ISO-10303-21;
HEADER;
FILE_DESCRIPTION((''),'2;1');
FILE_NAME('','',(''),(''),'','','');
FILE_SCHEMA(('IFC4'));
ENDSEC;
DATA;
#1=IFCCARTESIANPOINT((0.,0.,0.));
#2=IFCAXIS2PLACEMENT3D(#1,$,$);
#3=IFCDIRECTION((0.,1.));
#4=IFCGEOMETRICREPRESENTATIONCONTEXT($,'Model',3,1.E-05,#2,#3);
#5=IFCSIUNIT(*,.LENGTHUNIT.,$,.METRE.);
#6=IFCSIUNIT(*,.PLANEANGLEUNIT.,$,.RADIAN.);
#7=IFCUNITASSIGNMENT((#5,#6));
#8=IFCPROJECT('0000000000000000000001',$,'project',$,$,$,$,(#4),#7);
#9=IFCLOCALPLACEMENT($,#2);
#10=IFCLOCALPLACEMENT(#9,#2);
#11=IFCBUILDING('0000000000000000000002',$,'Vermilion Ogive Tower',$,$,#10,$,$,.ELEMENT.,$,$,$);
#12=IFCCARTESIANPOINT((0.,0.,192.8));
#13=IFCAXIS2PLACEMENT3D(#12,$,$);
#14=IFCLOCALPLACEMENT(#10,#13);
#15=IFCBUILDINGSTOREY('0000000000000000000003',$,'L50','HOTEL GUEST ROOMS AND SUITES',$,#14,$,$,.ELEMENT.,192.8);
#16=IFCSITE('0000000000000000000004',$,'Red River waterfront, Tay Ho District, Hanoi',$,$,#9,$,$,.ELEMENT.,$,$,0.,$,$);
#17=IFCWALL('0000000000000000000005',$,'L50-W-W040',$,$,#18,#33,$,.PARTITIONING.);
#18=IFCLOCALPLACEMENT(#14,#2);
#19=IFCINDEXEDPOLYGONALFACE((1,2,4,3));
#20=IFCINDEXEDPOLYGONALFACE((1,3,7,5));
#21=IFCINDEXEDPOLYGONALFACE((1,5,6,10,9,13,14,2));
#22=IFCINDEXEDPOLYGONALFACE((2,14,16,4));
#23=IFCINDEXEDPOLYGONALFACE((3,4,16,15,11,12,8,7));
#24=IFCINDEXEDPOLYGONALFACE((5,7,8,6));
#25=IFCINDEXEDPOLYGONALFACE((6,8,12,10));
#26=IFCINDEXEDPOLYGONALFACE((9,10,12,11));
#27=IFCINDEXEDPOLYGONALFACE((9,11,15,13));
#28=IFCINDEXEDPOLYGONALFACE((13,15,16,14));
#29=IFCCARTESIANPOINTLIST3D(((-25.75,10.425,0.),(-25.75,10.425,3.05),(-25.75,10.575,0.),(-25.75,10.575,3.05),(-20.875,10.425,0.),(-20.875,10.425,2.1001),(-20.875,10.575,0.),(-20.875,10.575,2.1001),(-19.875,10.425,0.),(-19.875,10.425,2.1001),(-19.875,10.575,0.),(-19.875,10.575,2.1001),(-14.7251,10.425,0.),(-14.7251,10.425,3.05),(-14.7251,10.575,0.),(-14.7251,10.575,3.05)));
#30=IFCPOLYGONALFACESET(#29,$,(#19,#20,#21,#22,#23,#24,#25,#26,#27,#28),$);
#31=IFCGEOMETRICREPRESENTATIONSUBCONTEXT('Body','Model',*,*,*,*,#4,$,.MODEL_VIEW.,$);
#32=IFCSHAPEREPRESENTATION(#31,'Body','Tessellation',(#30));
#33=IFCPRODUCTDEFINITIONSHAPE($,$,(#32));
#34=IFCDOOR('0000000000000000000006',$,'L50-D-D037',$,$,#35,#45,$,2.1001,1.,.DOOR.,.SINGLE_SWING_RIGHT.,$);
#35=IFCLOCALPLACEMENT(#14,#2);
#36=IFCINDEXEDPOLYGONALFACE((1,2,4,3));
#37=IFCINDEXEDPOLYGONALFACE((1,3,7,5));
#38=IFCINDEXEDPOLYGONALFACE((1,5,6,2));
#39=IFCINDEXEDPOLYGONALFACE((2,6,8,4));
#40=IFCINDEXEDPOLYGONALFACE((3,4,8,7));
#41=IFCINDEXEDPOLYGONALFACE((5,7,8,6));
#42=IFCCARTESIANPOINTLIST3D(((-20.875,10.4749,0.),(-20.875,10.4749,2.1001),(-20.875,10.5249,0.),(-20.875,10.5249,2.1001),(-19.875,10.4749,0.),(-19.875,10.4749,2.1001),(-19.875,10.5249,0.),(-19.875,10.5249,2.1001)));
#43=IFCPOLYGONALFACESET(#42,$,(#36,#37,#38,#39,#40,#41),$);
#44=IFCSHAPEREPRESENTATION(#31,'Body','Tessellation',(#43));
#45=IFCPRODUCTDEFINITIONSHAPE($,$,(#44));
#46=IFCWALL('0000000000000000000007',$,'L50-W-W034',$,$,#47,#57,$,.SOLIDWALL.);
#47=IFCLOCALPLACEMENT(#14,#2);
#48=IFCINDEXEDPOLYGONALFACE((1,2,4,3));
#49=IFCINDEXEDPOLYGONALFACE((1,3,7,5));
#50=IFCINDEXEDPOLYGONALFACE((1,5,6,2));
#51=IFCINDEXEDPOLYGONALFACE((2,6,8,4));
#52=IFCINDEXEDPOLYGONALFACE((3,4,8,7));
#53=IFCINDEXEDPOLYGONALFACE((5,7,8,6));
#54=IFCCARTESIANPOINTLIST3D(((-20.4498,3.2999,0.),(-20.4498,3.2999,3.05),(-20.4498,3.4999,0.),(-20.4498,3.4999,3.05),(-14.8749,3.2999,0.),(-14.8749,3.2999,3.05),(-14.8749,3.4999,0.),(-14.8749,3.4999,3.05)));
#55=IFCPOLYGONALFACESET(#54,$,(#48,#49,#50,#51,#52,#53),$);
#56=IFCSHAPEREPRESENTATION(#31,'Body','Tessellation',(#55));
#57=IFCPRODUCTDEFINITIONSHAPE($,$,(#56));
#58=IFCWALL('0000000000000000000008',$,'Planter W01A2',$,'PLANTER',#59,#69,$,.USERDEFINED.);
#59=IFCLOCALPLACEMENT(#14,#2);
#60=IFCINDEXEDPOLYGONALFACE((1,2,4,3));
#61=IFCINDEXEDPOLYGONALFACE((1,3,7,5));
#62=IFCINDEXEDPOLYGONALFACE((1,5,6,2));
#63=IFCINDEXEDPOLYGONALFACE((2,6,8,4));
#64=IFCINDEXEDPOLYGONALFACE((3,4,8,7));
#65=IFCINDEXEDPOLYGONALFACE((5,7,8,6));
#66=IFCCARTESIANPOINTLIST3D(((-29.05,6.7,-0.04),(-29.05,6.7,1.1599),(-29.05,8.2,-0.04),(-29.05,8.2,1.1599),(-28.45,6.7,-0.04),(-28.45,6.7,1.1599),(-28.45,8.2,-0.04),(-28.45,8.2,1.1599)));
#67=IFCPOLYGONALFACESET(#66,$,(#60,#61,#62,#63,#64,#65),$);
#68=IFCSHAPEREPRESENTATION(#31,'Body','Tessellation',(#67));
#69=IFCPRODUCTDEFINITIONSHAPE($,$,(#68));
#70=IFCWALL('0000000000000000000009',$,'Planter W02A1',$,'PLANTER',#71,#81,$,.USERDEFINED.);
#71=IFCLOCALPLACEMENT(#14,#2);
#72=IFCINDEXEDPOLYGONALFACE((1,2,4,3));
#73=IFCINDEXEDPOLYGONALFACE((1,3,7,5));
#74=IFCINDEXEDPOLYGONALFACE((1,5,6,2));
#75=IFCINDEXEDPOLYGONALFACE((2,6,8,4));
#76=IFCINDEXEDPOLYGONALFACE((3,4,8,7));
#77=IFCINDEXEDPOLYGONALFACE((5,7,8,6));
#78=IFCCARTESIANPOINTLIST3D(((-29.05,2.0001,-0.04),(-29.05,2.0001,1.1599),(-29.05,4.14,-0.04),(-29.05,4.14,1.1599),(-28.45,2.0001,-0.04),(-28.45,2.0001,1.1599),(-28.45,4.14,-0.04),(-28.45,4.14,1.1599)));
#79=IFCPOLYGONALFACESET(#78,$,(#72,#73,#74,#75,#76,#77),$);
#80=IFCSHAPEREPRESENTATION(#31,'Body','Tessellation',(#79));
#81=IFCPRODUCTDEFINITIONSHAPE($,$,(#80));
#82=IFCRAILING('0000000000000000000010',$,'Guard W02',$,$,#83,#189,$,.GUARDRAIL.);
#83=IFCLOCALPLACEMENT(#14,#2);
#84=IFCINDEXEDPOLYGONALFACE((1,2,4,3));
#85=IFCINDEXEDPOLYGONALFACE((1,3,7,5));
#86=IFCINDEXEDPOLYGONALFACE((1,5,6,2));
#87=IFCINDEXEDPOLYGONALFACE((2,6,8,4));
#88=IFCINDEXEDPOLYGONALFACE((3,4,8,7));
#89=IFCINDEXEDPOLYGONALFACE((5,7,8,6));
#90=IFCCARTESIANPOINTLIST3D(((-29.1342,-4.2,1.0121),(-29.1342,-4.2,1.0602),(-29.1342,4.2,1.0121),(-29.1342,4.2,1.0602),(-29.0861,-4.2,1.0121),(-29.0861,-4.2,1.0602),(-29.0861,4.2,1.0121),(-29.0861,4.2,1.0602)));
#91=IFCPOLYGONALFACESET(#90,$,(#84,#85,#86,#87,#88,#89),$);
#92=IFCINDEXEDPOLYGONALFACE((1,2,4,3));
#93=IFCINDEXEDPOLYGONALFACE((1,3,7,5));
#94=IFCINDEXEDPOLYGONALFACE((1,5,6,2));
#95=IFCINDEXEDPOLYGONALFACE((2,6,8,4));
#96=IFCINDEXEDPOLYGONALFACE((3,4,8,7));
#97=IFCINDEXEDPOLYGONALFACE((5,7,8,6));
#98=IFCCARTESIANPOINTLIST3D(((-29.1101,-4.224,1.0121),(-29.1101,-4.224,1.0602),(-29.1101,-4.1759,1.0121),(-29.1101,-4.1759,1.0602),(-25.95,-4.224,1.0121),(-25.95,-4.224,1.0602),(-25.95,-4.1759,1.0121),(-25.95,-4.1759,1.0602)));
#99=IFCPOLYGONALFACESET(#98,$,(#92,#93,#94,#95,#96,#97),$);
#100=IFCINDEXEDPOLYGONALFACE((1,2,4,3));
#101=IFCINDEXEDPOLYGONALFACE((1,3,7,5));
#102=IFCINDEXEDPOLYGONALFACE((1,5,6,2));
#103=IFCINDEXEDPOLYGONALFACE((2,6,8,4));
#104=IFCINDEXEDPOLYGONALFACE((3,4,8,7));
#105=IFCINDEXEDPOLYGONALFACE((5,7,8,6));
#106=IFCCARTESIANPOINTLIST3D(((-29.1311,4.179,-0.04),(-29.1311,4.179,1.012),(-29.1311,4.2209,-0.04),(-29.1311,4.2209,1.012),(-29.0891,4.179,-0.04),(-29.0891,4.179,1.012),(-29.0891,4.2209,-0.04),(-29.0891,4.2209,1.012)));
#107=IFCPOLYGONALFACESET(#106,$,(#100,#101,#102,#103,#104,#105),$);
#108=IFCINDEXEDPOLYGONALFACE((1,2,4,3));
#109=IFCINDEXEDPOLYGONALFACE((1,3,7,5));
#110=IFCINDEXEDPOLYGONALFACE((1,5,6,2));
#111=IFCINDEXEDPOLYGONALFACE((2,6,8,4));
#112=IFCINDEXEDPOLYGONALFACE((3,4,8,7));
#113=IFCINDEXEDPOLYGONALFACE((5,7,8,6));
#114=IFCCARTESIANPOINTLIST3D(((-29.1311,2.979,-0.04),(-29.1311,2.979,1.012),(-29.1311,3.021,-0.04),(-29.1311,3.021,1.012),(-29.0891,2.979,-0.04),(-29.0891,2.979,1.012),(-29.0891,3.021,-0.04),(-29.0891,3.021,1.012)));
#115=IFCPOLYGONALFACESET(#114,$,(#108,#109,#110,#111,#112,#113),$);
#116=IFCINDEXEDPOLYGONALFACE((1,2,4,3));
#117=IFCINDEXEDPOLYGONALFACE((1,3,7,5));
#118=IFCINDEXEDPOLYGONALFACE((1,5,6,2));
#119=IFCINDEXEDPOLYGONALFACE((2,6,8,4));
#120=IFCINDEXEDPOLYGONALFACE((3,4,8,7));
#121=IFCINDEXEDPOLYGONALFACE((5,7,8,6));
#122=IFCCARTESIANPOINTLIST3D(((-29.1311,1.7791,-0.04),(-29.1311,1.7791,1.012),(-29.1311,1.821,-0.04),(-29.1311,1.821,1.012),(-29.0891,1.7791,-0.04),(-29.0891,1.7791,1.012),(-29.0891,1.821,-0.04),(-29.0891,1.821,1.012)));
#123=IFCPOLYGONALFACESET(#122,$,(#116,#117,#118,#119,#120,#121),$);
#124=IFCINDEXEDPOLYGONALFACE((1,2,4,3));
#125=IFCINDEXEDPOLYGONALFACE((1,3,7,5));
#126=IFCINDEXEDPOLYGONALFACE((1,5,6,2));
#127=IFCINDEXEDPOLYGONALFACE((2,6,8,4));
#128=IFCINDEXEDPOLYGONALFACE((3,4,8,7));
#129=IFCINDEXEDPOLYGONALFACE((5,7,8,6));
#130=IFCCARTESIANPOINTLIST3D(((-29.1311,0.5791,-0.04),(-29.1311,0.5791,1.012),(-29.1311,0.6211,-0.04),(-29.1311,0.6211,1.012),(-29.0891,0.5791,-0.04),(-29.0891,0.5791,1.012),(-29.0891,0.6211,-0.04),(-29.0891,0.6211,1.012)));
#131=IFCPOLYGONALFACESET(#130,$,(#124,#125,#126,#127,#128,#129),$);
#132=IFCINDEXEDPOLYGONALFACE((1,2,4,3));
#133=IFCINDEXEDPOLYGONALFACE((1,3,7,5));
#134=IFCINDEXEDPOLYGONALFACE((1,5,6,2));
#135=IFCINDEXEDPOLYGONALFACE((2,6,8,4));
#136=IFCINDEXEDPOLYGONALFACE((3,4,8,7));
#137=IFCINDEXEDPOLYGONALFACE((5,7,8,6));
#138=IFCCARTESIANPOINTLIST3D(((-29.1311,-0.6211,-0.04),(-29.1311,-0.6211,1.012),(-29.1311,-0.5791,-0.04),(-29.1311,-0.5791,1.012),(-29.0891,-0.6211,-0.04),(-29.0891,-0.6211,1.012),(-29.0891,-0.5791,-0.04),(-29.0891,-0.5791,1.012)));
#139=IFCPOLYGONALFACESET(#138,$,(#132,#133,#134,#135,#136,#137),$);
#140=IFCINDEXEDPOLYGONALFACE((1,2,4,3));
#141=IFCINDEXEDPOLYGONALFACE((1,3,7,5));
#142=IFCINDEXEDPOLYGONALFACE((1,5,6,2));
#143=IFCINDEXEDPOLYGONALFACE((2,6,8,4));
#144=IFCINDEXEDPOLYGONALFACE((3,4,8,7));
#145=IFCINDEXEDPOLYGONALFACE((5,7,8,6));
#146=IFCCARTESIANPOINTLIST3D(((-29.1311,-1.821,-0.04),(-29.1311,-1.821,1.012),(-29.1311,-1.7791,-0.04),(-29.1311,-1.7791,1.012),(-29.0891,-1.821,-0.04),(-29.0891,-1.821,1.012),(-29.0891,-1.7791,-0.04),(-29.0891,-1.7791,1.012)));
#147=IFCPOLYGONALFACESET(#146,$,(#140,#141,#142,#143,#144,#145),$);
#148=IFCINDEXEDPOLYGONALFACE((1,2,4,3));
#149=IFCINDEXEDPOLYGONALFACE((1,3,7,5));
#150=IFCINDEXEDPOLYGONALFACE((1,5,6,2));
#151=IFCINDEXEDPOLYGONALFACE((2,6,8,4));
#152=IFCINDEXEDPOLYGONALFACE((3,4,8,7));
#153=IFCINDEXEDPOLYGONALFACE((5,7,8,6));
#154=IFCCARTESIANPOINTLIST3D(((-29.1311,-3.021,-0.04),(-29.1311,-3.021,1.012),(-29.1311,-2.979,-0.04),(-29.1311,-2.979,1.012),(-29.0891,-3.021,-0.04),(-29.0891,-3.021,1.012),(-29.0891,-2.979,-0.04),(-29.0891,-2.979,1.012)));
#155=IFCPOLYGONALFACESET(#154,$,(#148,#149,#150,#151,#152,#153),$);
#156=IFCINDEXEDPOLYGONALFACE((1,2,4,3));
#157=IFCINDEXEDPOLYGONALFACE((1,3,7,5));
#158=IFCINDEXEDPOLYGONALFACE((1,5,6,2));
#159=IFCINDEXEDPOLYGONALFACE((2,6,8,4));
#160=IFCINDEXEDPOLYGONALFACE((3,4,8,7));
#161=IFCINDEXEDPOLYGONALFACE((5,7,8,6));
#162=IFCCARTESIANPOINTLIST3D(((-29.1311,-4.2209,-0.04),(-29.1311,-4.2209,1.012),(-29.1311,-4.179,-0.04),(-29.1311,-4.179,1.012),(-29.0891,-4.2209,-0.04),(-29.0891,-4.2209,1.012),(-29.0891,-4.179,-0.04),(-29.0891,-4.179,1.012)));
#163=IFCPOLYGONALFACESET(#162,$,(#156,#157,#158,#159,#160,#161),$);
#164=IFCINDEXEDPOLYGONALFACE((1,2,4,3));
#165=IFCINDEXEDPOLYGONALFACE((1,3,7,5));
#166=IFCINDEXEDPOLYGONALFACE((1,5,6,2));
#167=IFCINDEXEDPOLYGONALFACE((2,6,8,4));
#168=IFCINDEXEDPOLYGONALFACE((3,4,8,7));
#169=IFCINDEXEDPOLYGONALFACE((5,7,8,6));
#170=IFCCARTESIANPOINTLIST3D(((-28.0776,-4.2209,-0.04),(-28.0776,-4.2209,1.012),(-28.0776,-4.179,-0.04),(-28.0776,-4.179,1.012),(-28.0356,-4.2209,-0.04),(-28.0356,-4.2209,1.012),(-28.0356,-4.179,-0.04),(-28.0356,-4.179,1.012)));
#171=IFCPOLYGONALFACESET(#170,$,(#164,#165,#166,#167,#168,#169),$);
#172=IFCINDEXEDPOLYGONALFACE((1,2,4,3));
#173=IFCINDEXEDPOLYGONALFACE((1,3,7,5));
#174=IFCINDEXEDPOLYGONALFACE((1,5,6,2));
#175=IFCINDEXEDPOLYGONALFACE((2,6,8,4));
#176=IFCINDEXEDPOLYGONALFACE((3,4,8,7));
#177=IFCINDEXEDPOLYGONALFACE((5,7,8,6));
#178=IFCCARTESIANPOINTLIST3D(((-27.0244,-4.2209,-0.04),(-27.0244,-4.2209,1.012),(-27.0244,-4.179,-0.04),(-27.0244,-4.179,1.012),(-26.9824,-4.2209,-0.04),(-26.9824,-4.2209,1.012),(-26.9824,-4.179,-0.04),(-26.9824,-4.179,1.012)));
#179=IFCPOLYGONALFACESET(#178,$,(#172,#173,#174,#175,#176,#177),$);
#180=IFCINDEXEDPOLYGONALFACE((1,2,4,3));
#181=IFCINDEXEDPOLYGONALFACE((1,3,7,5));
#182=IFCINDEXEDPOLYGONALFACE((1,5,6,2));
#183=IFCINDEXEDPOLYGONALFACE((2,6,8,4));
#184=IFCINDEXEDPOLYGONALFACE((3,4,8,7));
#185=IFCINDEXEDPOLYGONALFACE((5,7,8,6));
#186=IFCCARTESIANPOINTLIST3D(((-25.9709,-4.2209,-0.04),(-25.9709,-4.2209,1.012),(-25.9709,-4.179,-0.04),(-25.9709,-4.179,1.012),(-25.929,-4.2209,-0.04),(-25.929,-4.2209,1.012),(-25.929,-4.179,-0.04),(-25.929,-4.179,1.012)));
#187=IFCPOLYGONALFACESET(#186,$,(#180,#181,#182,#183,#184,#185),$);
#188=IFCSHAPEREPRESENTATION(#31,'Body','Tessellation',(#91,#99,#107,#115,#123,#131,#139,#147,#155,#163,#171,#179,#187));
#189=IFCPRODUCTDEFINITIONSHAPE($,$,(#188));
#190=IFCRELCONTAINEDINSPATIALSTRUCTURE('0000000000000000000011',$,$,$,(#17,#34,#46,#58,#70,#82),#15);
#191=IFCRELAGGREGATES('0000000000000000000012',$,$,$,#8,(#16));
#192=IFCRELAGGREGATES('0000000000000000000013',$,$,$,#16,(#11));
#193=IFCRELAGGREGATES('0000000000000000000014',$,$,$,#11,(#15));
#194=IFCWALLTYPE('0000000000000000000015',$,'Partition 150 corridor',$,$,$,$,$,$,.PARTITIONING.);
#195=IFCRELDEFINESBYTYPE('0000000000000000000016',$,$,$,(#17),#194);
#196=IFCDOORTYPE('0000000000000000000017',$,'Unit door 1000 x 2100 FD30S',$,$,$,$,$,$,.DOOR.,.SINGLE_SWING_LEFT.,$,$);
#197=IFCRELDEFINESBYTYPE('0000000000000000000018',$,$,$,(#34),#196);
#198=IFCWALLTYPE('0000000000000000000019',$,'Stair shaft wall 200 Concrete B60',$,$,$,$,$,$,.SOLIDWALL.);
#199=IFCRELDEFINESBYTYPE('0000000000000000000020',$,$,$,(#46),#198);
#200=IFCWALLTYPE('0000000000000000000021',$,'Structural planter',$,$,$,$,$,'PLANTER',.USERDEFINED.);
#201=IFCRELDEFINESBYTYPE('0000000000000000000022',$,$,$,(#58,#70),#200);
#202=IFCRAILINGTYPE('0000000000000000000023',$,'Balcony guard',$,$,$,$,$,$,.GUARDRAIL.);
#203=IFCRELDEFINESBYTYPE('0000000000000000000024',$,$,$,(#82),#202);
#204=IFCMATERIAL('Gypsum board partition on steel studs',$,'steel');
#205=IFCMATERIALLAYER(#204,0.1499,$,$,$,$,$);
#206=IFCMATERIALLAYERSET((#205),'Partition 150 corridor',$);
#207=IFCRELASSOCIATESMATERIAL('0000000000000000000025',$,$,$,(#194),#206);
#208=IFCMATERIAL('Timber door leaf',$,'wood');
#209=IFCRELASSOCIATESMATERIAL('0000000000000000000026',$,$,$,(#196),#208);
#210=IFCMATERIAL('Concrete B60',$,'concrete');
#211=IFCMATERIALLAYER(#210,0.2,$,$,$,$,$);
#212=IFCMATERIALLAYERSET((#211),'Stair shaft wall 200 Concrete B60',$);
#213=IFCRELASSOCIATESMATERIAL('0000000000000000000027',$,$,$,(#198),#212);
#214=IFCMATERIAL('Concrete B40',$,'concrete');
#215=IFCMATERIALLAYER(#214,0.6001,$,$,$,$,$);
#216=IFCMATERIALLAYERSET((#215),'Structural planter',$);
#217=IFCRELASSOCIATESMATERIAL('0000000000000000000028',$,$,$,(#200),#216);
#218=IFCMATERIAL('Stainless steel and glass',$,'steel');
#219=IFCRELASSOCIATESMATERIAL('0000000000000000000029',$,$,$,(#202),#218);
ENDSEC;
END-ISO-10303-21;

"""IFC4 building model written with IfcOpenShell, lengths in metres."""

from ifc_helpers import new_model, si_unit, direction, frame, frame_2d, origin, origin_2d, place, context, subcontext, project, spatial, rectangle, extrude, material, layer, layer_set, type_object, element, fill, save


model = new_model("IFC4")

# Units and contexts
model_context = context("Model", 3, precision=1e-05, world=origin(), true_north=direction((0.0, 1.0)))
body_context = subcontext(model_context, "Body", "Model", "MODEL_VIEW")
ifc_project = project(units=[si_unit("LENGTHUNIT", "METRE"), si_unit("PLANEANGLEUNIT", "RADIAN")], contexts=[model_context])

# Site, building, storey
site_placement = place(None, origin())
site = spatial("IfcSite", under=ifc_project, at=site_placement, Name="Red River waterfront, Tay Ho District, Hanoi", CompositionType="ELEMENT", RefElevation=0.0)
building_placement = place(site_placement, origin())
building = spatial("IfcBuilding", under=site, at=building_placement, Name="Vermilion Ogive Tower", CompositionType="ELEMENT")
storey_placement = place(building_placement, frame((0.0, 0.0, 192.8)))
storey = spatial("IfcBuildingStorey", under=building, at=storey_placement, Name="L50", Description="HOTEL GUEST ROOMS AND SUITES", CompositionType="ELEMENT", Elevation=192.8)

# Wall, opening, door
ifc_material_1 = material(Name="Gypsum board partition on steel studs", Category="steel")
ifc_layer_1 = layer(ifc_material_1, 0.1499)
ifc_layer_set_1 = layer_set([ifc_layer_1], Name="Partition 150 corridor")
wall_type_1 = type_object("IfcWallType", Name="Partition 150 corridor", PredefinedType="PARTITIONING", material=ifc_layer_set_1)
ifc_material_2 = material(Name="Timber door leaf", Category="wood")
door_type_1 = type_object("IfcDoorType", Name="Unit door 1000 x 2100 FD30S", OperationType="SINGLE_SWING_LEFT", PredefinedType="DOOR", material=ifc_material_2)
wall_1_placement = place(storey_placement, frame((-25.75, 10.5, 0.0), z_axis=(0.0, 0.0, 1.0), x_axis=(1.0, 0.0, 0.0)))
wall_1 = element("IfcWall", 1, at=wall_1_placement, inside=storey, type_object=wall_type_1, Name="L50-W-W040", PredefinedType="PARTITIONING", context=body_context, shape_type="SweptSolid", body=[
    extrude(rectangle(XDim=11.0249, YDim=0.1499, at=frame_2d((5.5125, 0.0))), origin(), (0.0, 0.0, 1.0), 3.05),
])
opening_1_placement = place(wall_1_placement, frame((4.875, 0.0, 0.0)))
opening_1 = element("IfcOpeningElement", 2, at=opening_1_placement, cuts=wall_1, PredefinedType="OPENING", context=body_context, shape_type="SweptSolid", body=[
    extrude(rectangle(XDim=1.0, YDim=2.1001, at=frame_2d((0.5, 1.05))), frame((0.0, 0.085, 0.0), z_axis=(0.0, -1.0, 0.0), x_axis=(1.0, 0.0, 0.0)), (0.0, 0.0, 1.0), 0.1699),
])
door_1_placement = place(opening_1_placement, origin())
door_1 = element("IfcDoor", 3, at=door_1_placement, inside=storey, type_object=door_type_1, Name="L50-D-D037", OperationType="SINGLE_SWING_RIGHT", OverallHeight=2.1001, OverallWidth=1.0, PredefinedType="DOOR", context=body_context, shape_type="SweptSolid", body=[
    extrude(rectangle(XDim=1.0, YDim=2.1001, at=frame_2d((0.5, 1.05))), frame((0.0, 0.0249, 0.0), z_axis=(0.0, -1.0, 0.0), x_axis=(1.0, 0.0, 0.0)), (0.0, 0.0, 1.0), 0.05),
])
fill(opening_1, door_1)

# Walls
ifc_material_3 = material(Name="Concrete B60", Category="concrete")
ifc_layer_2 = layer(ifc_material_3, 0.2)
ifc_layer_set_2 = layer_set([ifc_layer_2], Name="Stair shaft wall 200 Concrete B60")
wall_type_2 = type_object("IfcWallType", Name="Stair shaft wall 200 Concrete B60", PredefinedType="SOLIDWALL", material=ifc_layer_set_2)
wall_2_placement = place(storey_placement, frame((-20.45, 3.3999, 0.0), z_axis=(0.0, 0.0, 1.0), x_axis=(1.0, 0.0, 0.0)))
element("IfcWall", 4, at=wall_2_placement, inside=storey, type_object=wall_type_2, Name="L50-W-W034", PredefinedType="SOLIDWALL", context=body_context, shape_type="SweptSolid", body=[
    extrude(rectangle(XDim=5.575, YDim=0.2, at=frame_2d((2.7876, 0.0))), origin(), (0.0, 0.0, 1.0), 3.05),
])
ifc_material_4 = material(Name="Concrete B40", Category="concrete")
ifc_layer_3 = layer(ifc_material_4, 0.6001)
ifc_layer_set_3 = layer_set([ifc_layer_3], Name="Structural planter")
wall_type_3 = type_object("IfcWallType", Name="Structural planter", ElementType="PLANTER", PredefinedType="USERDEFINED", material=ifc_layer_set_3)
wall_3_placement = place(storey_placement, frame((-28.75, 8.2, -0.04), z_axis=(0.0, 0.0, 1.0), x_axis=(0.0, -1.0, 0.0)))
element("IfcWall", 5, at=wall_3_placement, inside=storey, type_object=wall_type_3, Name="Planter W01A2", ObjectType="PLANTER", PredefinedType="USERDEFINED", context=body_context, shape_type="SweptSolid", body=[
    extrude(rectangle(XDim=1.5, YDim=0.6001, at=frame_2d((0.75, 0.0))), origin(), (0.0, 0.0, 1.0), 1.2),
])
wall_4_placement = place(storey_placement, frame((-28.75, 4.1399, -0.04), z_axis=(0.0, 0.0, 1.0), x_axis=(0.0, -1.0, 0.0)))
element("IfcWall", 6, at=wall_4_placement, inside=storey, type_object=wall_type_3, Name="Planter W02A1", ObjectType="PLANTER", PredefinedType="USERDEFINED", context=body_context, shape_type="SweptSolid", body=[
    extrude(rectangle(XDim=2.1399, YDim=0.6001, at=frame_2d((1.0698, 0.0))), origin(), (0.0, 0.0, 1.0), 1.2),
])

# Railing
ifc_material_5 = material(Name="Stainless steel and glass", Category="steel")
railing_type = type_object("IfcRailingType", Name="Balcony guard", PredefinedType="GUARDRAIL", material=ifc_material_5)
railing_placement = place(storey_placement, frame((-29.1101, 4.2, -0.04)))
element("IfcRailing", 7, at=railing_placement, inside=storey, type_object=railing_type, Name="Guard W02", PredefinedType="GUARDRAIL", context=body_context, shape_type="SweptSolid", body=[
    extrude(rectangle(XDim=0.0481, YDim=0.0481, at=origin_2d()), frame((0.0, 0.0, 1.0762), z_axis=(0.0, -1.0, 0.0), x_axis=(1.0, 0.0, 0.0)), (0.0, 0.0, 1.0), 8.3999),
    extrude(rectangle(XDim=0.0481, YDim=0.0481, at=origin_2d()), frame((0.0, -8.3999, 1.0762), z_axis=(1.0, 0.0, 0.0), x_axis=(0.0, 1.0, 0.0)), (0.0, 0.0, 1.0), 3.1602),
    extrude(rectangle(XDim=0.042, YDim=0.042, at=origin_2d()), origin(), (0.0, 0.0, 1.0), 1.052),
    extrude(rectangle(XDim=0.042, YDim=0.042, at=origin_2d()), frame((0.0, -1.2, 0.0)), (0.0, 0.0, 1.0), 1.052),
    extrude(rectangle(XDim=0.042, YDim=0.042, at=origin_2d()), frame((0.0, -2.3999, 0.0)), (0.0, 0.0, 1.0), 1.052),
    extrude(rectangle(XDim=0.042, YDim=0.042, at=origin_2d()), frame((0.0, -3.5999, 0.0)), (0.0, 0.0, 1.0), 1.052),
    extrude(rectangle(XDim=0.042, YDim=0.042, at=origin_2d()), frame((0.0, -4.8, 0.0)), (0.0, 0.0, 1.0), 1.052),
    extrude(rectangle(XDim=0.042, YDim=0.042, at=origin_2d()), frame((0.0, -6.0, 0.0)), (0.0, 0.0, 1.0), 1.052),
    extrude(rectangle(XDim=0.042, YDim=0.042, at=origin_2d()), frame((0.0, -7.2, 0.0)), (0.0, 0.0, 1.0), 1.052),
    extrude(rectangle(XDim=0.042, YDim=0.042, at=origin_2d()), frame((0.0, -8.3999, 0.0)), (0.0, 0.0, 1.0), 1.052),
    extrude(rectangle(XDim=0.042, YDim=0.042, at=origin_2d()), frame((1.0535, -8.3999, 0.0)), (0.0, 0.0, 1.0), 1.052),
    extrude(rectangle(XDim=0.042, YDim=0.042, at=origin_2d()), frame((2.1067, -8.3999, 0.0)), (0.0, 0.0, 1.0), 1.052),
    extrude(rectangle(XDim=0.042, YDim=0.042, at=origin_2d()), frame((3.1602, -8.3999, 0.0)), (0.0, 0.0, 1.0), 1.052),
])

save(model, "model.ifc")
